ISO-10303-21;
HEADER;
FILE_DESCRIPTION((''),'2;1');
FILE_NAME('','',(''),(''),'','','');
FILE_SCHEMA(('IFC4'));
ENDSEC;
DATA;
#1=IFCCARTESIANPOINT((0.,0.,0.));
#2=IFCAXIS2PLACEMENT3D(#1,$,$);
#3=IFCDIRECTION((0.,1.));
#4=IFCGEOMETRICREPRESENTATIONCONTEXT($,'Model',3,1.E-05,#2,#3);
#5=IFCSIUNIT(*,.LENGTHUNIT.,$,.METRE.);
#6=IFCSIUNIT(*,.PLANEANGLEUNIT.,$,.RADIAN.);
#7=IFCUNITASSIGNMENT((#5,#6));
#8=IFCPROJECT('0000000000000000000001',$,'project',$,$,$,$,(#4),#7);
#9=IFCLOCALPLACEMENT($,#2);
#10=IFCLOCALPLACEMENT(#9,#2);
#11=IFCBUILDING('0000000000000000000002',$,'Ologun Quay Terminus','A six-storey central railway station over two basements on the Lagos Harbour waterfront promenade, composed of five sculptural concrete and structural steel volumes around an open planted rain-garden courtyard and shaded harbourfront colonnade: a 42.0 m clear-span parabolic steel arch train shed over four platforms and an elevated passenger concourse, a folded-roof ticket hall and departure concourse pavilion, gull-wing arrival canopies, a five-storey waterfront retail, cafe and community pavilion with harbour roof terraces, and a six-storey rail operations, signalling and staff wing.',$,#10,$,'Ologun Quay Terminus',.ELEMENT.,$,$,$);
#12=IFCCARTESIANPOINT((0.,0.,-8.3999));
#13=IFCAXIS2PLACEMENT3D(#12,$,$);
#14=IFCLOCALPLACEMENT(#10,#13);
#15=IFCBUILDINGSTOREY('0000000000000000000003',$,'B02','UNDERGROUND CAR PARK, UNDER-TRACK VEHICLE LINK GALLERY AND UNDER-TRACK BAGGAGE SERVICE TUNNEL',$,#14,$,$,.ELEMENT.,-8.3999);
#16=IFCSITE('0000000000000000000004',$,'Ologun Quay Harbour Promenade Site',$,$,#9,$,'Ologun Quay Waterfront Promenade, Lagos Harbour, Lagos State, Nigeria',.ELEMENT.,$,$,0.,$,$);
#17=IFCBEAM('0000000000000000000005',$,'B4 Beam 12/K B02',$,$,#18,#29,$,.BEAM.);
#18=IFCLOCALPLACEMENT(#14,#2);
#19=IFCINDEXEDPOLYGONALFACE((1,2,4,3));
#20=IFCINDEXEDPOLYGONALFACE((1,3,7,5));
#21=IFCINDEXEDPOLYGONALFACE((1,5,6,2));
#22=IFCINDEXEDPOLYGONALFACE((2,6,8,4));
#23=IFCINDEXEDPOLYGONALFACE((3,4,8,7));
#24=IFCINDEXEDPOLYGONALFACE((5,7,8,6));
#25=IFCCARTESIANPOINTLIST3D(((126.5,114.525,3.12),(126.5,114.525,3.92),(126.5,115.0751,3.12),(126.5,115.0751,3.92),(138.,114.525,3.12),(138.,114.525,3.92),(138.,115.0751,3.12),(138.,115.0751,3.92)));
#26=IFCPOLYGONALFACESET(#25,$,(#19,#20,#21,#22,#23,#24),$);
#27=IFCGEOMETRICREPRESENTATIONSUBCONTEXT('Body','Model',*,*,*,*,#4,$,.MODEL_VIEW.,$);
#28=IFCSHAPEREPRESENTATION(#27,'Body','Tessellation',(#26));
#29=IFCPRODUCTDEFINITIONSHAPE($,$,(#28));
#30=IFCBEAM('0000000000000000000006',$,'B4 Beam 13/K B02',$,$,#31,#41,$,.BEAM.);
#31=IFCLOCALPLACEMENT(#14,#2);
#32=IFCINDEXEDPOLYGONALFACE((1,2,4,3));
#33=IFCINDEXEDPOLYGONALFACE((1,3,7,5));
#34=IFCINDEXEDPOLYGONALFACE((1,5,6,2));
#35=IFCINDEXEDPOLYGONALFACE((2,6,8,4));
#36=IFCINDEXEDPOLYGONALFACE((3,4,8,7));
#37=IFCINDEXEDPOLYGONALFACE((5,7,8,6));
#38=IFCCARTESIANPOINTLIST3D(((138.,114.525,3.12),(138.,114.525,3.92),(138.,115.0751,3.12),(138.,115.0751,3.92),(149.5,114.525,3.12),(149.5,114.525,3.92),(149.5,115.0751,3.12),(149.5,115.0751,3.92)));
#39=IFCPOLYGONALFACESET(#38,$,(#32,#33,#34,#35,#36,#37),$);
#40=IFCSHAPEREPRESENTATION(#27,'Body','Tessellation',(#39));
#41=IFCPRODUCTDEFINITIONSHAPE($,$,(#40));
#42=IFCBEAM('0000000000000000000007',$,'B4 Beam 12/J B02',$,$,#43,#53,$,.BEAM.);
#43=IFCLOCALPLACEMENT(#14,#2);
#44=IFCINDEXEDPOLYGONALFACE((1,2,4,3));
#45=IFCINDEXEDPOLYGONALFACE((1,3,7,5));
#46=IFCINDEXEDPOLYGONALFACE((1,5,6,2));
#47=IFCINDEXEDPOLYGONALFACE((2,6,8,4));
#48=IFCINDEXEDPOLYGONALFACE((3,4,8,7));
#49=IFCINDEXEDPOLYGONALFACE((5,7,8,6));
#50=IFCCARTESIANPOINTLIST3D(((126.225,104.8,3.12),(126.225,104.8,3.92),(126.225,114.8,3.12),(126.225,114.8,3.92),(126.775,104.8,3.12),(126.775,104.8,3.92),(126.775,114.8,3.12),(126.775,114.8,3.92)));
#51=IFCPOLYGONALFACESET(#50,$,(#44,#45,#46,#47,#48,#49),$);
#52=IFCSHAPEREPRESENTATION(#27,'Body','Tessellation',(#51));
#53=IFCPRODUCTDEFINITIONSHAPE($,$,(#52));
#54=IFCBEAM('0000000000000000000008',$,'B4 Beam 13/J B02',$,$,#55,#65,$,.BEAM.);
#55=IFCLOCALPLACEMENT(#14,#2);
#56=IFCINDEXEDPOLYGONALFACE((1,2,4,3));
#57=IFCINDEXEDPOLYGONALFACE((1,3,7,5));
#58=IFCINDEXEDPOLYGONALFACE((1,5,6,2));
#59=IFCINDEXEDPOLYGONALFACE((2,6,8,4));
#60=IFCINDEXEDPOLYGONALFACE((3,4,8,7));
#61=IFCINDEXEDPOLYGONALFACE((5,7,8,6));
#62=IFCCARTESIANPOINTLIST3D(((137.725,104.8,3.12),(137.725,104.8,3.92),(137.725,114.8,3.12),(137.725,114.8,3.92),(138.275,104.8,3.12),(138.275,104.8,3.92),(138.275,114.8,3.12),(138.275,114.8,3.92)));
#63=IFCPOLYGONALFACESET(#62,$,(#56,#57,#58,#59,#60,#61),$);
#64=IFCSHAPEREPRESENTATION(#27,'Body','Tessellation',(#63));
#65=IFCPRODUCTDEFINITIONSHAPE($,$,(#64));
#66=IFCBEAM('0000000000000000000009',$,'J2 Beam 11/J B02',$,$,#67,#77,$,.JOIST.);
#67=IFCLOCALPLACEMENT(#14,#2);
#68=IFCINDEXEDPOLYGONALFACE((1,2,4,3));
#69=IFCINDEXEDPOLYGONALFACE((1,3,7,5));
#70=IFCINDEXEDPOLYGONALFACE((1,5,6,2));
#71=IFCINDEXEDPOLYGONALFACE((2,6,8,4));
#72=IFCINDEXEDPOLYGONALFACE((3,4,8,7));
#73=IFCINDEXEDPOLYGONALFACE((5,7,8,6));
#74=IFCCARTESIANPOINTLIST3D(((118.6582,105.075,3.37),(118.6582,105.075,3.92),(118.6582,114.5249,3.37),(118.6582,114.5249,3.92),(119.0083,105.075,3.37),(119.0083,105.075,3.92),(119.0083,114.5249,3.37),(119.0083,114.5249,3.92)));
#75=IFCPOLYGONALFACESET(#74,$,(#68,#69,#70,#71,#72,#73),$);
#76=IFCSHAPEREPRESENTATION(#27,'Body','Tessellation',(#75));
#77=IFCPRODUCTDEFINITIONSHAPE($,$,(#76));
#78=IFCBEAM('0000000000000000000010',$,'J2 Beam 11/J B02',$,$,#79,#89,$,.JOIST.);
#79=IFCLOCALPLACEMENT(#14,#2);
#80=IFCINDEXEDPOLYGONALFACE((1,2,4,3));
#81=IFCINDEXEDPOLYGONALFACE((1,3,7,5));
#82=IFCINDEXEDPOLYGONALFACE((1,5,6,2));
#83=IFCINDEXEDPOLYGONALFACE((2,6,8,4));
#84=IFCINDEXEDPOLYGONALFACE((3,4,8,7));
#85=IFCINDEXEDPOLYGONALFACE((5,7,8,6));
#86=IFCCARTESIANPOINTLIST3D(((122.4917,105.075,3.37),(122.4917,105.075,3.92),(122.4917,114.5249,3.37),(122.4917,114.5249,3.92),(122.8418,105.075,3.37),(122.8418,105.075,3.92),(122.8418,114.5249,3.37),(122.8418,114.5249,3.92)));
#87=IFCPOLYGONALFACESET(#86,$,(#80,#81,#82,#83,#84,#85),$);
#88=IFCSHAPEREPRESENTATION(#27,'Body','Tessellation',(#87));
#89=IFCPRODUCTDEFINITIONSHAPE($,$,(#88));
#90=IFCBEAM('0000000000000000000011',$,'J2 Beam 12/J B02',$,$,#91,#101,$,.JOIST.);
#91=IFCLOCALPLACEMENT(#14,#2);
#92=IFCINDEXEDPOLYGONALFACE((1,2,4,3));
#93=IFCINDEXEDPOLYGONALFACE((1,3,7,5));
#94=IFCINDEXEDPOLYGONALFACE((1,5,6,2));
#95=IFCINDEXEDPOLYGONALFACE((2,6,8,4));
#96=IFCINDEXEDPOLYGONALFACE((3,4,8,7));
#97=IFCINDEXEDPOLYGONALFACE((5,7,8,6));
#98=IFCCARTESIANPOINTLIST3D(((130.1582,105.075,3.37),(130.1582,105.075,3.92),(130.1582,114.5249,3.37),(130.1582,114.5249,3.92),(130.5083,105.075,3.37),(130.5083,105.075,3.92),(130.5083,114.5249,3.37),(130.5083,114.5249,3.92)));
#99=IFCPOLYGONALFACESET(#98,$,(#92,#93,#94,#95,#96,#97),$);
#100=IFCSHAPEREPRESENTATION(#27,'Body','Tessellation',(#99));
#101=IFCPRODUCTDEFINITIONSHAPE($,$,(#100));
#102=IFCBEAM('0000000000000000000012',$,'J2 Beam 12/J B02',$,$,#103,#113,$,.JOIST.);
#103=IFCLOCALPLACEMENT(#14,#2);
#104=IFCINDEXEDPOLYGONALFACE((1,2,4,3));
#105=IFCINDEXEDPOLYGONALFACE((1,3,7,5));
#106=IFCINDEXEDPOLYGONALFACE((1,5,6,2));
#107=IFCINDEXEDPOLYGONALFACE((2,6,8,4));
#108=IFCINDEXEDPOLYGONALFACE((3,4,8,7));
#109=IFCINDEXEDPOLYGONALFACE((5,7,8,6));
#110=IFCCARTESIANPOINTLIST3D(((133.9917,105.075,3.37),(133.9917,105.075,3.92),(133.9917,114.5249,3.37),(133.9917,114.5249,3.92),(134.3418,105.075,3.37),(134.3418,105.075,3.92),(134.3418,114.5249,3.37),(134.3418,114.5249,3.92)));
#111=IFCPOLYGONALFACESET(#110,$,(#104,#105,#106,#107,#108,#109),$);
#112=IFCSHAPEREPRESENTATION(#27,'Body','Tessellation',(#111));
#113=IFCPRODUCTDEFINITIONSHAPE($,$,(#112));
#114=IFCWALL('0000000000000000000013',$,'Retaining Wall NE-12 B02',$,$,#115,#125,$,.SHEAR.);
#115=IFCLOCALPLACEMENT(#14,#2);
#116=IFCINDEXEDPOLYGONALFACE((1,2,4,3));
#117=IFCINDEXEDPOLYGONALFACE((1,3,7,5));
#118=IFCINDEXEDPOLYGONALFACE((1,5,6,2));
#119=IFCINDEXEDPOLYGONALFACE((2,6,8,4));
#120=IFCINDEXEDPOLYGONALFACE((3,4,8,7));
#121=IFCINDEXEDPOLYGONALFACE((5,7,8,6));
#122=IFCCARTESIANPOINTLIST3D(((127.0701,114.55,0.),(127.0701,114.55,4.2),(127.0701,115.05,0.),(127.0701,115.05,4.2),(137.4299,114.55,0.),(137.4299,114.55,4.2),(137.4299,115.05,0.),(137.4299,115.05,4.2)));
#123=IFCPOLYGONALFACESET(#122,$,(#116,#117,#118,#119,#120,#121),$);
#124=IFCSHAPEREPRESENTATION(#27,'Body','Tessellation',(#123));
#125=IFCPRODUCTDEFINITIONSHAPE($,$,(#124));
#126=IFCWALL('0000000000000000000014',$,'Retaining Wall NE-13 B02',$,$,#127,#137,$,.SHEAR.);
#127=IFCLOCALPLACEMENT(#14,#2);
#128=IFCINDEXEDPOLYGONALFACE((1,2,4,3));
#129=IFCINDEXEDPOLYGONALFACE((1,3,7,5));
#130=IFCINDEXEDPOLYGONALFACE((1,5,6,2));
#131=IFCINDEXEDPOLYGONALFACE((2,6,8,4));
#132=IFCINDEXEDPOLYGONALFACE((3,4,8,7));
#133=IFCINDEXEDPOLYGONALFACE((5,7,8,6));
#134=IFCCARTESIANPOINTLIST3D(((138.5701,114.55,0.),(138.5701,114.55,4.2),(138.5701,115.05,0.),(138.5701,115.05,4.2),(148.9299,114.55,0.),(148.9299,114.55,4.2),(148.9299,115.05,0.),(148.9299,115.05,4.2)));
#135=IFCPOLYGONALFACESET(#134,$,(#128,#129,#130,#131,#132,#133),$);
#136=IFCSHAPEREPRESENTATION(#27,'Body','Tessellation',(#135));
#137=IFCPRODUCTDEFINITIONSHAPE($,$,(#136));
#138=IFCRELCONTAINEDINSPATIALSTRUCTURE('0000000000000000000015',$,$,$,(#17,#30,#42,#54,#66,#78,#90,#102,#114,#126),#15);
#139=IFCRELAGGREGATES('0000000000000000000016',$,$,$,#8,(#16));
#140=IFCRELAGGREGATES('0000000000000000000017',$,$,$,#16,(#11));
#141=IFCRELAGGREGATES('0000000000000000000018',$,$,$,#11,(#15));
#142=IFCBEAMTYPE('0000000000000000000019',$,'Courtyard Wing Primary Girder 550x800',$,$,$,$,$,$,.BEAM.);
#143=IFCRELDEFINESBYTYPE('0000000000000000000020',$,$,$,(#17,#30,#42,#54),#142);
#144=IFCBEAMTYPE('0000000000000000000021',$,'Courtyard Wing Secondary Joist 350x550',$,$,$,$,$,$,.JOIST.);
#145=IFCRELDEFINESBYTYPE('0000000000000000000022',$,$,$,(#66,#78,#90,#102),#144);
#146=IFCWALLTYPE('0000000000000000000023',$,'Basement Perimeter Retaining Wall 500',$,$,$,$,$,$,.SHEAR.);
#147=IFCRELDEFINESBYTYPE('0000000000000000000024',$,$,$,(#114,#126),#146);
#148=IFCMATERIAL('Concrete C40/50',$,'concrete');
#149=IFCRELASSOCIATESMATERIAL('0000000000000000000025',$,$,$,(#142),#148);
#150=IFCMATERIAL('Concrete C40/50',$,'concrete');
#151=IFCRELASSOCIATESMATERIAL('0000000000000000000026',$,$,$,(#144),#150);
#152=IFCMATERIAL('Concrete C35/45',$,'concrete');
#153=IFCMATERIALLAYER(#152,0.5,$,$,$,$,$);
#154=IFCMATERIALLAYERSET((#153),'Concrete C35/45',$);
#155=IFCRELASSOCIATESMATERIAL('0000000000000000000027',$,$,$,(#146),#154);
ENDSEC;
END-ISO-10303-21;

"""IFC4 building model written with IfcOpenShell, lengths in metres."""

from ifc_helpers import new_model, si_unit, direction, frame, frame_2d, origin, origin_2d, place, context, subcontext, project, spatial, rectangle, extrude, material, layer, layer_set, material_profile, profile_set, type_object, element, save


model = new_model("IFC4")

# Units and contexts
model_context = context("Model", 3, precision=1e-05, world=origin(), true_north=direction((0.0, 1.0)))
body_context = subcontext(model_context, "Body", "Model", "MODEL_VIEW")
ifc_project = project(units=[si_unit("LENGTHUNIT", "METRE"), si_unit("PLANEANGLEUNIT", "RADIAN")], contexts=[model_context])

# Site, building, storey
site_placement = place(None, origin())
site = spatial("IfcSite", under=ifc_project, at=site_placement, Name="Ologun Quay Harbour Promenade Site", LongName="Ologun Quay Waterfront Promenade, Lagos Harbour, Lagos State, Nigeria", CompositionType="ELEMENT", RefElevation=0.0)
building_placement = place(site_placement, origin())
building = spatial("IfcBuilding", under=site, at=building_placement, Name="Ologun Quay Terminus", Description="A six-storey central railway station over two basements on the Lagos Harbour waterfront promenade, composed of five sculptural concrete and structural steel volumes around an open planted rain-garden courtyard and shaded harbourfront colonnade: a 42.0 m clear-span parabolic steel arch train shed over four platforms and an elevated passenger concourse, a folded-roof ticket hall and departure concourse pavilion, gull-wing arrival canopies, a five-storey waterfront retail, cafe and community pavilion with harbour roof terraces, and a six-storey rail operations, signalling and staff wing.", LongName="Ologun Quay Terminus", CompositionType="ELEMENT")
storey_placement = place(building_placement, frame((0.0, 0.0, -8.3999)))
storey = spatial("IfcBuildingStorey", under=building, at=storey_placement, Name="B02", Description="UNDERGROUND CAR PARK, UNDER-TRACK VEHICLE LINK GALLERY AND UNDER-TRACK BAGGAGE SERVICE TUNNEL", CompositionType="ELEMENT", Elevation=-8.3999)

# Beams
ifc_material_1 = material(Name="Concrete C40/50", Category="concrete")
ifc_material_profile_1 = material_profile(ifc_material_1, rectangle(XDim=0.55, YDim=0.8, at=origin_2d()), Name="RC 550x800")
ifc_profile_set_1 = profile_set([ifc_material_profile_1], Name="Concrete C40/50")
beam_type_1 = type_object("IfcBeamType", Name="Courtyard Wing Primary Girder 550x800", PredefinedType="BEAM", material=ifc_profile_set_1)
for number, where, z_axis, x_axis, name in (
    (1, (126.5, 114.8, 3.52), (1.0, 0.0, 0.0), (0.0, 1.0, 0.0), "B4 Beam 12/K B02"),
    (2, (138.0, 114.8, 3.52), (1.0, 0.0, 0.0), (0.0, 1.0, 0.0), "B4 Beam 13/K B02"),
):
    element("IfcBeam", number, at=place(storey_placement, frame(where, z_axis=z_axis, x_axis=x_axis)), inside=storey, type_object=beam_type_1, Name=name, PredefinedType="BEAM", context=body_context, shape_type="SweptSolid", body=[
        extrude(rectangle(XDim=0.55, YDim=0.8, at=origin_2d()), origin(), (0.0, 0.0, 1.0), 11.5),
    ])
for number, where, z_axis, x_axis, name in (
    (3, (126.5, 104.8, 3.52), (0.0, 1.0, 0.0), (-1.0, 0.0, 0.0), "B4 Beam 12/J B02"),
    (4, (138.0, 104.8, 3.52), (0.0, 1.0, 0.0), (-1.0, 0.0, 0.0), "B4 Beam 13/J B02"),
):
    element("IfcBeam", number, at=place(storey_placement, frame(where, z_axis=z_axis, x_axis=x_axis)), inside=storey, type_object=beam_type_1, Name=name, PredefinedType="BEAM", context=body_context, shape_type="SweptSolid", body=[
        extrude(rectangle(XDim=0.55, YDim=0.8, at=origin_2d()), origin(), (0.0, 0.0, 1.0), 10.0),
    ])
ifc_material_2 = material(Name="Concrete C40/50", Category="concrete")
ifc_material_profile_2 = material_profile(ifc_material_2, rectangle(XDim=0.3501, YDim=0.55, at=origin_2d()), Name="RC 350x550")
ifc_profile_set_2 = profile_set([ifc_material_profile_2], Name="Concrete C40/50")
beam_type_2 = type_object("IfcBeamType", Name="Courtyard Wing Secondary Joist 350x550", PredefinedType="JOIST", material=ifc_profile_set_2)
for number, where, z_axis, x_axis, name in (
    (5, (118.8333, 105.075, 3.645), (0.0, 1.0, 0.0), (-1.0, 0.0, 0.0), "J2 Beam 11/J B02"),
    (6, (122.6667, 105.075, 3.645), (0.0, 1.0, 0.0), (-1.0, 0.0, 0.0), "J2 Beam 11/J B02"),
    (7, (130.3333, 105.075, 3.645), (0.0, 1.0, 0.0), (-1.0, 0.0, 0.0), "J2 Beam 12/J B02"),
    (8, (134.1667, 105.075, 3.645), (0.0, 1.0, 0.0), (-1.0, 0.0, 0.0), "J2 Beam 12/J B02"),
):
    element("IfcBeam", number, at=place(storey_placement, frame(where, z_axis=z_axis, x_axis=x_axis)), inside=storey, type_object=beam_type_2, Name=name, PredefinedType="JOIST", context=body_context, shape_type="SweptSolid", body=[
        extrude(rectangle(XDim=0.3501, YDim=0.55, at=origin_2d()), origin(), (0.0, 0.0, 1.0), 9.45),
    ])

# Walls
ifc_material_3 = material(Name="Concrete C35/45", Category="concrete")
ifc_layer = layer(ifc_material_3, 0.5)
ifc_layer_set = layer_set([ifc_layer], Name="Concrete C35/45")
wall_type = type_object("IfcWallType", Name="Basement Perimeter Retaining Wall 500", PredefinedType="SHEAR", material=ifc_layer_set)
for number, where, z_axis, x_axis, name in (
    (9, (127.0701, 114.8, 0.0), (0.0, 0.0, 1.0), (1.0, 0.0, 0.0), "Retaining Wall NE-12 B02"),
    (10, (138.5701, 114.8, 0.0), (0.0, 0.0, 1.0), (1.0, 0.0, 0.0), "Retaining Wall NE-13 B02"),
):
    element("IfcWall", number, at=place(storey_placement, frame(where, z_axis=z_axis, x_axis=x_axis)), inside=storey, type_object=wall_type, Name=name, PredefinedType="SHEAR", context=body_context, shape_type="SweptSolid", body=[
        extrude(rectangle(XDim=10.3599, YDim=0.5, at=frame_2d((5.1799, 0.0))), origin(), (0.0, 0.0, 1.0), 4.2),
    ])

save(model, "model.ifc")
